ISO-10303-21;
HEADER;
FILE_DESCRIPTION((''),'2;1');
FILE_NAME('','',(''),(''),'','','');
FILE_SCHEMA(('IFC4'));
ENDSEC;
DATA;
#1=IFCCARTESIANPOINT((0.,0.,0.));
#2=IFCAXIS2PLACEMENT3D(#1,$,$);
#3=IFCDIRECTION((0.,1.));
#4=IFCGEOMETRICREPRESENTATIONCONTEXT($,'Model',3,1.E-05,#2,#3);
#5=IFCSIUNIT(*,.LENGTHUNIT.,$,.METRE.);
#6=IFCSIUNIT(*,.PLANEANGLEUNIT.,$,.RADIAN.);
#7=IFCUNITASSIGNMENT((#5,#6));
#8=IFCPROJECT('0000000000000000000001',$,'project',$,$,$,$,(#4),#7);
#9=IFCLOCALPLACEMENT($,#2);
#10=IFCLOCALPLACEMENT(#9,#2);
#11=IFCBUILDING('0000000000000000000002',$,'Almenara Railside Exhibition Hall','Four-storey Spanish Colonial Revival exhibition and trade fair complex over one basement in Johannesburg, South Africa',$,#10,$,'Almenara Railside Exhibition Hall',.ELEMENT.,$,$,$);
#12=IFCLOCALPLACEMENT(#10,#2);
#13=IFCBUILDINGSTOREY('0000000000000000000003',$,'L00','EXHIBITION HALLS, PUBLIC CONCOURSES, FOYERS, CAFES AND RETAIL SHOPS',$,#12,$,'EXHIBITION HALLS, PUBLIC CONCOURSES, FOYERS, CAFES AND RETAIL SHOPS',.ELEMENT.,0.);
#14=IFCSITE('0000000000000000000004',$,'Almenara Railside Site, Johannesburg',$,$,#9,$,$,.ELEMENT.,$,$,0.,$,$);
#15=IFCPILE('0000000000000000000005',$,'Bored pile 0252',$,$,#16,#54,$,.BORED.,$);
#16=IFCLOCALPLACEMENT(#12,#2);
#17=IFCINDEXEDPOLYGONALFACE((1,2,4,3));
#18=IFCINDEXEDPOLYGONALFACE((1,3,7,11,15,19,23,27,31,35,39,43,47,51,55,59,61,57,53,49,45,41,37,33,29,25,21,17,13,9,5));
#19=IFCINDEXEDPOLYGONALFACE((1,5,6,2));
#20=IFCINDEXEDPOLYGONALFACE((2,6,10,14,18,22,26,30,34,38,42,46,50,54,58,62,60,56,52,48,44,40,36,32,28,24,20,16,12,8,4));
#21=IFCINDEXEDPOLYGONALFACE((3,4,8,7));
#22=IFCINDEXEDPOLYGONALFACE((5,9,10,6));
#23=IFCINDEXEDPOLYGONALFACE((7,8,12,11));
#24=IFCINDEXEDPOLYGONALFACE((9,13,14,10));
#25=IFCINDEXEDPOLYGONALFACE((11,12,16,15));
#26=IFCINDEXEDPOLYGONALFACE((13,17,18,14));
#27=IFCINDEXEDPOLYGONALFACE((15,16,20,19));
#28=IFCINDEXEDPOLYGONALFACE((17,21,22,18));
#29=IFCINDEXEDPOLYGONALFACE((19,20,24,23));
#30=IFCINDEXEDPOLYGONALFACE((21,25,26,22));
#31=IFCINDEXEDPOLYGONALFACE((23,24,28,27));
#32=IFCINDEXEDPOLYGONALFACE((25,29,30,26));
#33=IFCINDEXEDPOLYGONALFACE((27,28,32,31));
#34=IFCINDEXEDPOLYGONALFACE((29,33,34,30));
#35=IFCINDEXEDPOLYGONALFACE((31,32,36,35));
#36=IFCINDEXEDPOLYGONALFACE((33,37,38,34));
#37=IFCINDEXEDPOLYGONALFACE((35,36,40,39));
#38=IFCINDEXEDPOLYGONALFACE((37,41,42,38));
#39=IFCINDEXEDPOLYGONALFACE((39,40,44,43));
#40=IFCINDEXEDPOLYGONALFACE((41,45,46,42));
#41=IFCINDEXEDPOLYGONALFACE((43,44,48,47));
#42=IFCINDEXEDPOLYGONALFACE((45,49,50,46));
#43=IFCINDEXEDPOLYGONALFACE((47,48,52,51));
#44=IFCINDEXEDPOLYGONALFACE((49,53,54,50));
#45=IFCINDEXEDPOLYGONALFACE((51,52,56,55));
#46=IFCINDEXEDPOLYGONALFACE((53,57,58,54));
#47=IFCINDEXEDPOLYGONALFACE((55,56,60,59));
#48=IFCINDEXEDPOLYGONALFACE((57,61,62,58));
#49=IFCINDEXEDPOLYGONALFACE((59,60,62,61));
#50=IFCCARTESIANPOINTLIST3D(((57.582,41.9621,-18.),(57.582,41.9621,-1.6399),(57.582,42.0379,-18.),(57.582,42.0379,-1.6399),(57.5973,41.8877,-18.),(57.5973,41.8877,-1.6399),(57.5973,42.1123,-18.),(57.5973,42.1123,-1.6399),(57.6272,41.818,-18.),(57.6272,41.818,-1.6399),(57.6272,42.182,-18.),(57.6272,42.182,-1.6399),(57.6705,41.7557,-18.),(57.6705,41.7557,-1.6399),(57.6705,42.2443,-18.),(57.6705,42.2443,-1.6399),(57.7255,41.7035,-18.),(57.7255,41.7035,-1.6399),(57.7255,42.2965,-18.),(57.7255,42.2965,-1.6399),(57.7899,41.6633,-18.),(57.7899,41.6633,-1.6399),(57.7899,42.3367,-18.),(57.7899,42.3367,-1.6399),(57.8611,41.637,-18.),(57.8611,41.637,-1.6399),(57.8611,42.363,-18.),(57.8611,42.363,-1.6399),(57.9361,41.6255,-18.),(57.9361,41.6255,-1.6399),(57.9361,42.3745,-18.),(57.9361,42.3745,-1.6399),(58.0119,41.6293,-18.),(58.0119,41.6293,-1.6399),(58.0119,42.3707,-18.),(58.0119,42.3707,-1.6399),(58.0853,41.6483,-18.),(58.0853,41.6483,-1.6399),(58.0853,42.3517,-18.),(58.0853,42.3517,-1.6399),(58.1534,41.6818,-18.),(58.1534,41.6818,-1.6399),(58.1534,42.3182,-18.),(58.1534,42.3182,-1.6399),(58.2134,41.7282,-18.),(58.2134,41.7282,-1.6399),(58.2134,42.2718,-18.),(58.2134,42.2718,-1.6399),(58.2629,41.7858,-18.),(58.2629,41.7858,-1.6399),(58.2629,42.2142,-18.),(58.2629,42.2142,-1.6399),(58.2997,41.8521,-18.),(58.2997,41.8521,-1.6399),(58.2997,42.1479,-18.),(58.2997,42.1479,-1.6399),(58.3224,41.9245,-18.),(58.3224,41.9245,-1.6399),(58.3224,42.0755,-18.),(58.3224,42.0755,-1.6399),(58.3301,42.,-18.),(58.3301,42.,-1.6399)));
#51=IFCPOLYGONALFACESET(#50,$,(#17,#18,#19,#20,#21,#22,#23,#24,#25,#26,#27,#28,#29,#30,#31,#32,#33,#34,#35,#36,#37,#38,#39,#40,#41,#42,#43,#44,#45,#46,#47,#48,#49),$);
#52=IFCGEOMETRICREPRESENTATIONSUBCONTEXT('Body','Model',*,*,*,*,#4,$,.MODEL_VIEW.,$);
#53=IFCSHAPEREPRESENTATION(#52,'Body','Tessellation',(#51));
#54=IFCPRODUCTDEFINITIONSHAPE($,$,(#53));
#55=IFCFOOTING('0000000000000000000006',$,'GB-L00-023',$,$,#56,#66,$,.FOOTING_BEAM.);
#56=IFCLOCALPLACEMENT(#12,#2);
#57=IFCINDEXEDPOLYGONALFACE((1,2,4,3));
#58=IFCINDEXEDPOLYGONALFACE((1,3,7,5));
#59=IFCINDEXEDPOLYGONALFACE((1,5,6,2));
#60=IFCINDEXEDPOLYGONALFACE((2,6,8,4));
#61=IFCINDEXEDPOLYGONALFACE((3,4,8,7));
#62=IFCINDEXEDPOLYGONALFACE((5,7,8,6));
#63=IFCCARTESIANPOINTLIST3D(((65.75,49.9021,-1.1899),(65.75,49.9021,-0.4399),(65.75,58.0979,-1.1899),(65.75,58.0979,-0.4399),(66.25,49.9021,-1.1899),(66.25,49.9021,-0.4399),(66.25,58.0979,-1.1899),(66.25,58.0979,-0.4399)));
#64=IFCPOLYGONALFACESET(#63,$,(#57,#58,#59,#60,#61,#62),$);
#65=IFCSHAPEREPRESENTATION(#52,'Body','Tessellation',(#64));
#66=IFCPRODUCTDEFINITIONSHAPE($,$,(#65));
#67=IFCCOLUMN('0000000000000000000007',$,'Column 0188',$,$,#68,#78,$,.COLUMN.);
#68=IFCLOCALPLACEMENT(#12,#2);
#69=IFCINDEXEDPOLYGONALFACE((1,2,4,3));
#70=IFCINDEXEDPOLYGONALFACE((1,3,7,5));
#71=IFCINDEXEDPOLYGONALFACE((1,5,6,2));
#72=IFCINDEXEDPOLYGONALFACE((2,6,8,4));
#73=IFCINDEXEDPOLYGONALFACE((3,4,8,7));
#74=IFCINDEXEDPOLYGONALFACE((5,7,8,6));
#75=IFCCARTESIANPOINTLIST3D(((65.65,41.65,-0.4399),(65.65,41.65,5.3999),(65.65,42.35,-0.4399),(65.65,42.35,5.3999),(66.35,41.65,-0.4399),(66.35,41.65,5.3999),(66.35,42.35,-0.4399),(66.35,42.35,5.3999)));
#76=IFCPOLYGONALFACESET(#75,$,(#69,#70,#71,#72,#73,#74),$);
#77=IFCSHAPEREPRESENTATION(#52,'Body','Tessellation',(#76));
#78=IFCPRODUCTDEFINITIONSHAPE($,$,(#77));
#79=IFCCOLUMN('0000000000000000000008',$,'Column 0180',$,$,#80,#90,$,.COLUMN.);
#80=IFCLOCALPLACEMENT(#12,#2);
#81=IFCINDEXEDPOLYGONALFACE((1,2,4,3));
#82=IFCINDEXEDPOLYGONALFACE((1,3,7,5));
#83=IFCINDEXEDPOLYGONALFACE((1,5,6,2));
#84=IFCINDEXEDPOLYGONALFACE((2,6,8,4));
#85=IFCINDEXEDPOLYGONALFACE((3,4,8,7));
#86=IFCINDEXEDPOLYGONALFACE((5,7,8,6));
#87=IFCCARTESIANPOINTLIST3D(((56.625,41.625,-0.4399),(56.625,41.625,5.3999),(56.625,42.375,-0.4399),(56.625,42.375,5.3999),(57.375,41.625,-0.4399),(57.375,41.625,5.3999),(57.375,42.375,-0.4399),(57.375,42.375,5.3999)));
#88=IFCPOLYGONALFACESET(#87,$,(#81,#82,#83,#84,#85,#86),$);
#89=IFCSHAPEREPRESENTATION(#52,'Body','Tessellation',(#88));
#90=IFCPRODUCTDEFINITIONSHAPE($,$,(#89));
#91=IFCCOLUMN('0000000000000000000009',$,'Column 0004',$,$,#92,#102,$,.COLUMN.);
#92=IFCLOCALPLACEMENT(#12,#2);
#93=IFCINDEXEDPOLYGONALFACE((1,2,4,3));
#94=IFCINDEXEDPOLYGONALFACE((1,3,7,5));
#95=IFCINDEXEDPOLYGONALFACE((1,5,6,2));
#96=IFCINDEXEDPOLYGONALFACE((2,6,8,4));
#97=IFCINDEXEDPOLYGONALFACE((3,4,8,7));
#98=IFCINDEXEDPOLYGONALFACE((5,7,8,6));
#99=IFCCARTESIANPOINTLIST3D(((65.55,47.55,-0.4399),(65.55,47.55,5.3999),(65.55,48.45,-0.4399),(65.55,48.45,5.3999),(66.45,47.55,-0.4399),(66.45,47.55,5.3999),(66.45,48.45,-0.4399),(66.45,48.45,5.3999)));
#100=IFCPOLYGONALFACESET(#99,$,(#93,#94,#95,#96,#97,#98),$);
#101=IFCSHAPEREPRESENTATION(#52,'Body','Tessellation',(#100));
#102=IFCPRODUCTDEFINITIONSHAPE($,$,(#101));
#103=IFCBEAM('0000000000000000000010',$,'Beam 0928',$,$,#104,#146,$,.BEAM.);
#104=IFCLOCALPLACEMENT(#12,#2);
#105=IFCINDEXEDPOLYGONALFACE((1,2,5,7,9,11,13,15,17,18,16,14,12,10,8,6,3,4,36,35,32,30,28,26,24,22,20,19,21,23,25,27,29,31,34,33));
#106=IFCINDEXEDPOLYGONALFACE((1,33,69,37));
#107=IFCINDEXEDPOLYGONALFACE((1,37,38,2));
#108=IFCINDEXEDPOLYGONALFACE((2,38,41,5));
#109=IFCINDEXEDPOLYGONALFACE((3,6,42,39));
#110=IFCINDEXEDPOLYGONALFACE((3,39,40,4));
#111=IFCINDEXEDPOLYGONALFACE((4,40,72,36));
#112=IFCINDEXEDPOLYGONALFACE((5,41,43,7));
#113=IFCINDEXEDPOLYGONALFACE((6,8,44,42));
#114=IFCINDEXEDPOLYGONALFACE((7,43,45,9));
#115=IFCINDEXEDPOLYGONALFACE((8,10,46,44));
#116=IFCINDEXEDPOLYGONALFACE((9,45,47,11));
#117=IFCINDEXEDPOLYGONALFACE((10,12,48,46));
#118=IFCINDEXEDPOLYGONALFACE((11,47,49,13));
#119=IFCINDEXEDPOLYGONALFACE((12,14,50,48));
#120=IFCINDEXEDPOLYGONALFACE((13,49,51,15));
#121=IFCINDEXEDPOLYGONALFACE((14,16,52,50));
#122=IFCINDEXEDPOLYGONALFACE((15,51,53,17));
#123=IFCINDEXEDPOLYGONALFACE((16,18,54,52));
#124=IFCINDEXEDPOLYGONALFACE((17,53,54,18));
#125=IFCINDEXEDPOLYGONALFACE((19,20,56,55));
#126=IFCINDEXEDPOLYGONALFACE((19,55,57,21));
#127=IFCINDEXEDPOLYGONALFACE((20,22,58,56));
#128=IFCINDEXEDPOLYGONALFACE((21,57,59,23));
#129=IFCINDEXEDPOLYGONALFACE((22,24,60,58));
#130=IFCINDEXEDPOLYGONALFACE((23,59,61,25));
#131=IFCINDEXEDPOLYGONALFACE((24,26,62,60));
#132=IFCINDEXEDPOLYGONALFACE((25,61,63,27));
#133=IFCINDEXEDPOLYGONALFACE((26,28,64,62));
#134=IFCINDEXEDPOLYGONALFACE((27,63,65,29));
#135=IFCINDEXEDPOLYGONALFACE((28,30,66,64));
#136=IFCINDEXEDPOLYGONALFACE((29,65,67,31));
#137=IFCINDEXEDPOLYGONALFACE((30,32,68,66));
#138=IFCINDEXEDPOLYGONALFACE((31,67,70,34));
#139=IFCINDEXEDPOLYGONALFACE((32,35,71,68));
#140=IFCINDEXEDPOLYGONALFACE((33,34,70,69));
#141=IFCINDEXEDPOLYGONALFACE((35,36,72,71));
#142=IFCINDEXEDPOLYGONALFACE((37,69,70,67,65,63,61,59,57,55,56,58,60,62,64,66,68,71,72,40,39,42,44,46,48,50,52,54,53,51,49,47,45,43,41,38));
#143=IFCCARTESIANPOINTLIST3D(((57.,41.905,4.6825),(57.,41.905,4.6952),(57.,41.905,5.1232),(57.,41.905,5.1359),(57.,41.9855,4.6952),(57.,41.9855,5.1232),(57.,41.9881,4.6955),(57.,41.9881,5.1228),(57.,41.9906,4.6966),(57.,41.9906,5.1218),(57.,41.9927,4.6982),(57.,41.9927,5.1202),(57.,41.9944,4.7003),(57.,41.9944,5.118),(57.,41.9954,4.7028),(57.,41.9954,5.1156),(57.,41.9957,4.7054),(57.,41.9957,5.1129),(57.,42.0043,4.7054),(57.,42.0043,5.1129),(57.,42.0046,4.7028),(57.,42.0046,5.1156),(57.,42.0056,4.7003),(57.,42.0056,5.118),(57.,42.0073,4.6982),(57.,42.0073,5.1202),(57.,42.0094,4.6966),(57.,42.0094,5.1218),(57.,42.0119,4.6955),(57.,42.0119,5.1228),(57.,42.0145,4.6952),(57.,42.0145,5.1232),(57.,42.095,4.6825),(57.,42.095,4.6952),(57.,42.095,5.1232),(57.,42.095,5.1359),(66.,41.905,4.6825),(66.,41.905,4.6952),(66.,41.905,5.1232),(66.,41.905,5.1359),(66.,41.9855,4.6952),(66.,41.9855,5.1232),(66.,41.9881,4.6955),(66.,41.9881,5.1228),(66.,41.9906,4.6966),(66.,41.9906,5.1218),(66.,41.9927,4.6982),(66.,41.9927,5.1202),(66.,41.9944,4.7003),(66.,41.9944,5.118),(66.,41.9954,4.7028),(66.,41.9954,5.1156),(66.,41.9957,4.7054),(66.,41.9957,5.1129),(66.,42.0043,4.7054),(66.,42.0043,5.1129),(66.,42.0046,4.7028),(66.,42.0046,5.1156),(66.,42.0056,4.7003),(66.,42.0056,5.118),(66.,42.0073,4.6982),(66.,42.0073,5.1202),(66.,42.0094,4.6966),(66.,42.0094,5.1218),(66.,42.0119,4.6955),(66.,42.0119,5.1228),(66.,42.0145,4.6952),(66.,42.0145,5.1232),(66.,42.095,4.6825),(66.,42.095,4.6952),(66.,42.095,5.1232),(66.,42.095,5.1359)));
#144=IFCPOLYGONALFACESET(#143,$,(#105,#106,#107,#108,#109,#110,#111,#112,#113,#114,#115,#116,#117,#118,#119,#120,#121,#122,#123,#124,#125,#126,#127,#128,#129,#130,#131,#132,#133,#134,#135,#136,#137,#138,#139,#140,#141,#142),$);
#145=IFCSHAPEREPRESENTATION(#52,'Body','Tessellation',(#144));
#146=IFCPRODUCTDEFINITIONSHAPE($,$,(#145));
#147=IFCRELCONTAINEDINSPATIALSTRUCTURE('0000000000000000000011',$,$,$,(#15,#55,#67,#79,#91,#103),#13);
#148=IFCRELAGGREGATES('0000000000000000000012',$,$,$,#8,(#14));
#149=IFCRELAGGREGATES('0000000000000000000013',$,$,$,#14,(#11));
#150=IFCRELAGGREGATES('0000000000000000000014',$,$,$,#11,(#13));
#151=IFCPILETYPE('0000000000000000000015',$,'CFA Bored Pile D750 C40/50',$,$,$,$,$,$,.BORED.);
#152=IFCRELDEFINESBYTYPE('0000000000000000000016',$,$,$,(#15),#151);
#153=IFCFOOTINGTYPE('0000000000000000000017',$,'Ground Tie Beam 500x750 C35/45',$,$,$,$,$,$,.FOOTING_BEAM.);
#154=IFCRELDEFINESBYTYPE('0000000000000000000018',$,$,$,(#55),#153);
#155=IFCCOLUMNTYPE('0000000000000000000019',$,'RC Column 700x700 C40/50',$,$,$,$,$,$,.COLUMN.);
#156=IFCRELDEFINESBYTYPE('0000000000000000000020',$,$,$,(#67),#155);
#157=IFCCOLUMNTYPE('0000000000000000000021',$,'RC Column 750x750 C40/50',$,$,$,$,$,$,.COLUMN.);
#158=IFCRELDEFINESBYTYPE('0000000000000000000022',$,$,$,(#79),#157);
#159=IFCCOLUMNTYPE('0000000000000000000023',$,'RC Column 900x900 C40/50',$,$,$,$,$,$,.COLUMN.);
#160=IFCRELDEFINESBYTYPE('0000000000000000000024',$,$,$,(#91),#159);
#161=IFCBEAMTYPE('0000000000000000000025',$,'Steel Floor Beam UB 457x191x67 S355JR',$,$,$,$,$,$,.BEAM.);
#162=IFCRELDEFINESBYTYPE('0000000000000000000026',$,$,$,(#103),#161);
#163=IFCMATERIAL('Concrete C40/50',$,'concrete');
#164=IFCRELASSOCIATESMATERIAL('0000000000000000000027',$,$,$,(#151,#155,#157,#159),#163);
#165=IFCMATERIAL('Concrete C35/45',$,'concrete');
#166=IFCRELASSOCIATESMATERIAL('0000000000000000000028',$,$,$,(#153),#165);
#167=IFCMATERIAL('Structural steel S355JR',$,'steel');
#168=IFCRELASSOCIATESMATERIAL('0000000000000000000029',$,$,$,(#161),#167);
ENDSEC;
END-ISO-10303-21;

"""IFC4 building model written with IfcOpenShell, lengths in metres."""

from ifc_helpers import new_model, si_unit, direction, frame, origin, origin_2d, place, context, subcontext, project, spatial, rectangle, circle, i_section, extrude, material, material_profile, profile_set, type_object, element, save


model = new_model("IFC4")

# Units and contexts
model_context = context("Model", 3, precision=1e-05, world=origin(), true_north=direction((0.0, 1.0)))
body_context = subcontext(model_context, "Body", "Model", "MODEL_VIEW")
ifc_project = project(units=[si_unit("LENGTHUNIT", "METRE"), si_unit("PLANEANGLEUNIT", "RADIAN")], contexts=[model_context])

# Site, building, storey
site_placement = place(None, origin())
site = spatial("IfcSite", under=ifc_project, at=site_placement, Name="Almenara Railside Site, Johannesburg", CompositionType="ELEMENT", RefElevation=0.0)
building_placement = place(site_placement, origin())
building = spatial("IfcBuilding", under=site, at=building_placement, Name="Almenara Railside Exhibition Hall", Description="Four-storey Spanish Colonial Revival exhibition and trade fair complex over one basement in Johannesburg, South Africa", LongName="Almenara Railside Exhibition Hall", CompositionType="ELEMENT")
storey_placement = place(building_placement, origin())
storey = spatial("IfcBuildingStorey", under=building, at=storey_placement, Name="L00", Description="EXHIBITION HALLS, PUBLIC CONCOURSES, FOYERS, CAFES AND RETAIL SHOPS", LongName="EXHIBITION HALLS, PUBLIC CONCOURSES, FOYERS, CAFES AND RETAIL SHOPS", CompositionType="ELEMENT", Elevation=0.0)

# Pile
ifc_material_1 = material(Name="Concrete C40/50", Category="concrete")
ifc_material_profile_1 = material_profile(ifc_material_1, circle(Radius=0.375, at=origin_2d()), Name="CFA-PILE D750")
ifc_profile_set_1 = profile_set([ifc_material_profile_1], Name="Concrete C40/50")
pile_type_1 = type_object("IfcPileType", Name="CFA Bored Pile D750 C40/50", PredefinedType="BORED", material=ifc_profile_set_1)
for number, where, z_axis, x_axis, name in (
    (1, (57.9551, 42.0, -1.6399), (0.0, 0.0, -1.0), (1.0, 0.0, 0.0), "Bored pile 0252"),
):
    element("IfcPile", number, at=place(storey_placement, frame(where, z_axis=z_axis, x_axis=x_axis)), inside=storey, type_object=pile_type_1, Name=name, PredefinedType="BORED", context=body_context, shape_type="SweptSolid", body=[
        extrude(circle(Radius=0.375, at=origin_2d()), origin(), (0.0, 0.0, 1.0), 16.3601),
    ])

# Footing
ifc_material_2 = material(Name="Concrete C35/45", Category="concrete")
ifc_material_profile_2 = material_profile(ifc_material_2, rectangle(XDim=0.5, YDim=0.75, at=origin_2d()), Name="RC-GB 500x750")
ifc_profile_set_2 = profile_set([ifc_material_profile_2], Name="Concrete C35/45")
footing_type = type_object("IfcFootingType", Name="Ground Tie Beam 500x750 C35/45", PredefinedType="FOOTING_BEAM", material=ifc_profile_set_2)
footing_placement = place(storey_placement, frame((66.0, 49.9021, -0.8149), z_axis=(0.0, 1.0, 0.0), x_axis=(-1.0, 0.0, 0.0)))
element("IfcFooting", 2, at=footing_placement, inside=storey, type_object=footing_type, Name="GB-L00-023", PredefinedType="FOOTING_BEAM", context=body_context, shape_type="SweptSolid", body=[
    extrude(rectangle(XDim=0.5, YDim=0.75, at=origin_2d()), origin(), (0.0, 0.0, 1.0), 8.1958),
])

# Columns
ifc_material_profile_3 = material_profile(ifc_material_1, rectangle(XDim=0.7, YDim=0.7, at=origin_2d()), Name="RC 700x700")
ifc_profile_set_3 = profile_set([ifc_material_profile_3], Name="Concrete C40/50")
column_type_1 = type_object("IfcColumnType", Name="RC Column 700x700 C40/50", PredefinedType="COLUMN", material=ifc_profile_set_3)
column_1_placement = place(storey_placement, frame((66.0, 42.0, -0.4399), z_axis=(0.0, 0.0, 1.0), x_axis=(1.0, 0.0, 0.0)))
element("IfcColumn", 3, at=column_1_placement, inside=storey, type_object=column_type_1, Name="Column 0188", PredefinedType="COLUMN", context=body_context, shape_type="SweptSolid", body=[
    extrude(rectangle(XDim=0.7, YDim=0.7, at=origin_2d()), origin(), (0.0, 0.0, 1.0), 5.8398),
])
ifc_material_profile_4 = material_profile(ifc_material_1, rectangle(XDim=0.75, YDim=0.75, at=origin_2d()), Name="RC 750x750")
ifc_profile_set_4 = profile_set([ifc_material_profile_4], Name="Concrete C40/50")
column_type_2 = type_object("IfcColumnType", Name="RC Column 750x750 C40/50", PredefinedType="COLUMN", material=ifc_profile_set_4)
column_2_placement = place(storey_placement, frame((57.0, 42.0, -0.4399), z_axis=(0.0, 0.0, 1.0), x_axis=(1.0, 0.0, 0.0)))
element("IfcColumn", 4, at=column_2_placement, inside=storey, type_object=column_type_2, Name="Column 0180", PredefinedType="COLUMN", context=body_context, shape_type="SweptSolid", body=[
    extrude(rectangle(XDim=0.75, YDim=0.75, at=origin_2d()), origin(), (0.0, 0.0, 1.0), 5.8398),
])
ifc_material_profile_5 = material_profile(ifc_material_1, rectangle(XDim=0.8999, YDim=0.8999, at=origin_2d()), Name="RC 900x900")
ifc_profile_set_5 = profile_set([ifc_material_profile_5], Name="Concrete C40/50")
column_type_3 = type_object("IfcColumnType", Name="RC Column 900x900 C40/50", PredefinedType="COLUMN", material=ifc_profile_set_5)
column_3_placement = place(storey_placement, frame((66.0, 48.0, -0.4399), z_axis=(0.0, 0.0, 1.0), x_axis=(1.0, 0.0, 0.0)))
element("IfcColumn", 5, at=column_3_placement, inside=storey, type_object=column_type_3, Name="Column 0004", PredefinedType="COLUMN", context=body_context, shape_type="SweptSolid", body=[
    extrude(rectangle(XDim=0.8999, YDim=0.8999, at=origin_2d()), origin(), (0.0, 0.0, 1.0), 5.8398),
])

# Beam
ifc_material_3 = material(Name="Structural steel S355JR", Category="steel")
ifc_material_profile_6 = material_profile(ifc_material_3, i_section(OverallWidth=0.1899, OverallDepth=0.4534, WebThickness=0.0085, FlangeThickness=0.0127, FilletRadius=0.0103, at=origin_2d()), Name="UB 457x191x67")
ifc_profile_set_6 = profile_set([ifc_material_profile_6], Name="Structural steel S355JR")
beam_type_1 = type_object("IfcBeamType", Name="Steel Floor Beam UB 457x191x67 S355JR", PredefinedType="BEAM", material=ifc_profile_set_6)
beam_1_placement = place(storey_placement, frame((57.0, 42.0, 4.9092), z_axis=(1.0, 0.0, 0.0), x_axis=(0.0, 1.0, 0.0)))
element("IfcBeam", 6, at=beam_1_placement, inside=storey, type_object=beam_type_1, Name="Beam 0928", PredefinedType="BEAM", context=body_context, shape_type="SweptSolid", body=[
    extrude(i_section(OverallWidth=0.1899, OverallDepth=0.4534, WebThickness=0.0085, FlangeThickness=0.0127, FilletRadius=0.0103, at=origin_2d()), origin(), (0.0, 0.0, 1.0), 9.0),
])

save(model, "model.ifc")
